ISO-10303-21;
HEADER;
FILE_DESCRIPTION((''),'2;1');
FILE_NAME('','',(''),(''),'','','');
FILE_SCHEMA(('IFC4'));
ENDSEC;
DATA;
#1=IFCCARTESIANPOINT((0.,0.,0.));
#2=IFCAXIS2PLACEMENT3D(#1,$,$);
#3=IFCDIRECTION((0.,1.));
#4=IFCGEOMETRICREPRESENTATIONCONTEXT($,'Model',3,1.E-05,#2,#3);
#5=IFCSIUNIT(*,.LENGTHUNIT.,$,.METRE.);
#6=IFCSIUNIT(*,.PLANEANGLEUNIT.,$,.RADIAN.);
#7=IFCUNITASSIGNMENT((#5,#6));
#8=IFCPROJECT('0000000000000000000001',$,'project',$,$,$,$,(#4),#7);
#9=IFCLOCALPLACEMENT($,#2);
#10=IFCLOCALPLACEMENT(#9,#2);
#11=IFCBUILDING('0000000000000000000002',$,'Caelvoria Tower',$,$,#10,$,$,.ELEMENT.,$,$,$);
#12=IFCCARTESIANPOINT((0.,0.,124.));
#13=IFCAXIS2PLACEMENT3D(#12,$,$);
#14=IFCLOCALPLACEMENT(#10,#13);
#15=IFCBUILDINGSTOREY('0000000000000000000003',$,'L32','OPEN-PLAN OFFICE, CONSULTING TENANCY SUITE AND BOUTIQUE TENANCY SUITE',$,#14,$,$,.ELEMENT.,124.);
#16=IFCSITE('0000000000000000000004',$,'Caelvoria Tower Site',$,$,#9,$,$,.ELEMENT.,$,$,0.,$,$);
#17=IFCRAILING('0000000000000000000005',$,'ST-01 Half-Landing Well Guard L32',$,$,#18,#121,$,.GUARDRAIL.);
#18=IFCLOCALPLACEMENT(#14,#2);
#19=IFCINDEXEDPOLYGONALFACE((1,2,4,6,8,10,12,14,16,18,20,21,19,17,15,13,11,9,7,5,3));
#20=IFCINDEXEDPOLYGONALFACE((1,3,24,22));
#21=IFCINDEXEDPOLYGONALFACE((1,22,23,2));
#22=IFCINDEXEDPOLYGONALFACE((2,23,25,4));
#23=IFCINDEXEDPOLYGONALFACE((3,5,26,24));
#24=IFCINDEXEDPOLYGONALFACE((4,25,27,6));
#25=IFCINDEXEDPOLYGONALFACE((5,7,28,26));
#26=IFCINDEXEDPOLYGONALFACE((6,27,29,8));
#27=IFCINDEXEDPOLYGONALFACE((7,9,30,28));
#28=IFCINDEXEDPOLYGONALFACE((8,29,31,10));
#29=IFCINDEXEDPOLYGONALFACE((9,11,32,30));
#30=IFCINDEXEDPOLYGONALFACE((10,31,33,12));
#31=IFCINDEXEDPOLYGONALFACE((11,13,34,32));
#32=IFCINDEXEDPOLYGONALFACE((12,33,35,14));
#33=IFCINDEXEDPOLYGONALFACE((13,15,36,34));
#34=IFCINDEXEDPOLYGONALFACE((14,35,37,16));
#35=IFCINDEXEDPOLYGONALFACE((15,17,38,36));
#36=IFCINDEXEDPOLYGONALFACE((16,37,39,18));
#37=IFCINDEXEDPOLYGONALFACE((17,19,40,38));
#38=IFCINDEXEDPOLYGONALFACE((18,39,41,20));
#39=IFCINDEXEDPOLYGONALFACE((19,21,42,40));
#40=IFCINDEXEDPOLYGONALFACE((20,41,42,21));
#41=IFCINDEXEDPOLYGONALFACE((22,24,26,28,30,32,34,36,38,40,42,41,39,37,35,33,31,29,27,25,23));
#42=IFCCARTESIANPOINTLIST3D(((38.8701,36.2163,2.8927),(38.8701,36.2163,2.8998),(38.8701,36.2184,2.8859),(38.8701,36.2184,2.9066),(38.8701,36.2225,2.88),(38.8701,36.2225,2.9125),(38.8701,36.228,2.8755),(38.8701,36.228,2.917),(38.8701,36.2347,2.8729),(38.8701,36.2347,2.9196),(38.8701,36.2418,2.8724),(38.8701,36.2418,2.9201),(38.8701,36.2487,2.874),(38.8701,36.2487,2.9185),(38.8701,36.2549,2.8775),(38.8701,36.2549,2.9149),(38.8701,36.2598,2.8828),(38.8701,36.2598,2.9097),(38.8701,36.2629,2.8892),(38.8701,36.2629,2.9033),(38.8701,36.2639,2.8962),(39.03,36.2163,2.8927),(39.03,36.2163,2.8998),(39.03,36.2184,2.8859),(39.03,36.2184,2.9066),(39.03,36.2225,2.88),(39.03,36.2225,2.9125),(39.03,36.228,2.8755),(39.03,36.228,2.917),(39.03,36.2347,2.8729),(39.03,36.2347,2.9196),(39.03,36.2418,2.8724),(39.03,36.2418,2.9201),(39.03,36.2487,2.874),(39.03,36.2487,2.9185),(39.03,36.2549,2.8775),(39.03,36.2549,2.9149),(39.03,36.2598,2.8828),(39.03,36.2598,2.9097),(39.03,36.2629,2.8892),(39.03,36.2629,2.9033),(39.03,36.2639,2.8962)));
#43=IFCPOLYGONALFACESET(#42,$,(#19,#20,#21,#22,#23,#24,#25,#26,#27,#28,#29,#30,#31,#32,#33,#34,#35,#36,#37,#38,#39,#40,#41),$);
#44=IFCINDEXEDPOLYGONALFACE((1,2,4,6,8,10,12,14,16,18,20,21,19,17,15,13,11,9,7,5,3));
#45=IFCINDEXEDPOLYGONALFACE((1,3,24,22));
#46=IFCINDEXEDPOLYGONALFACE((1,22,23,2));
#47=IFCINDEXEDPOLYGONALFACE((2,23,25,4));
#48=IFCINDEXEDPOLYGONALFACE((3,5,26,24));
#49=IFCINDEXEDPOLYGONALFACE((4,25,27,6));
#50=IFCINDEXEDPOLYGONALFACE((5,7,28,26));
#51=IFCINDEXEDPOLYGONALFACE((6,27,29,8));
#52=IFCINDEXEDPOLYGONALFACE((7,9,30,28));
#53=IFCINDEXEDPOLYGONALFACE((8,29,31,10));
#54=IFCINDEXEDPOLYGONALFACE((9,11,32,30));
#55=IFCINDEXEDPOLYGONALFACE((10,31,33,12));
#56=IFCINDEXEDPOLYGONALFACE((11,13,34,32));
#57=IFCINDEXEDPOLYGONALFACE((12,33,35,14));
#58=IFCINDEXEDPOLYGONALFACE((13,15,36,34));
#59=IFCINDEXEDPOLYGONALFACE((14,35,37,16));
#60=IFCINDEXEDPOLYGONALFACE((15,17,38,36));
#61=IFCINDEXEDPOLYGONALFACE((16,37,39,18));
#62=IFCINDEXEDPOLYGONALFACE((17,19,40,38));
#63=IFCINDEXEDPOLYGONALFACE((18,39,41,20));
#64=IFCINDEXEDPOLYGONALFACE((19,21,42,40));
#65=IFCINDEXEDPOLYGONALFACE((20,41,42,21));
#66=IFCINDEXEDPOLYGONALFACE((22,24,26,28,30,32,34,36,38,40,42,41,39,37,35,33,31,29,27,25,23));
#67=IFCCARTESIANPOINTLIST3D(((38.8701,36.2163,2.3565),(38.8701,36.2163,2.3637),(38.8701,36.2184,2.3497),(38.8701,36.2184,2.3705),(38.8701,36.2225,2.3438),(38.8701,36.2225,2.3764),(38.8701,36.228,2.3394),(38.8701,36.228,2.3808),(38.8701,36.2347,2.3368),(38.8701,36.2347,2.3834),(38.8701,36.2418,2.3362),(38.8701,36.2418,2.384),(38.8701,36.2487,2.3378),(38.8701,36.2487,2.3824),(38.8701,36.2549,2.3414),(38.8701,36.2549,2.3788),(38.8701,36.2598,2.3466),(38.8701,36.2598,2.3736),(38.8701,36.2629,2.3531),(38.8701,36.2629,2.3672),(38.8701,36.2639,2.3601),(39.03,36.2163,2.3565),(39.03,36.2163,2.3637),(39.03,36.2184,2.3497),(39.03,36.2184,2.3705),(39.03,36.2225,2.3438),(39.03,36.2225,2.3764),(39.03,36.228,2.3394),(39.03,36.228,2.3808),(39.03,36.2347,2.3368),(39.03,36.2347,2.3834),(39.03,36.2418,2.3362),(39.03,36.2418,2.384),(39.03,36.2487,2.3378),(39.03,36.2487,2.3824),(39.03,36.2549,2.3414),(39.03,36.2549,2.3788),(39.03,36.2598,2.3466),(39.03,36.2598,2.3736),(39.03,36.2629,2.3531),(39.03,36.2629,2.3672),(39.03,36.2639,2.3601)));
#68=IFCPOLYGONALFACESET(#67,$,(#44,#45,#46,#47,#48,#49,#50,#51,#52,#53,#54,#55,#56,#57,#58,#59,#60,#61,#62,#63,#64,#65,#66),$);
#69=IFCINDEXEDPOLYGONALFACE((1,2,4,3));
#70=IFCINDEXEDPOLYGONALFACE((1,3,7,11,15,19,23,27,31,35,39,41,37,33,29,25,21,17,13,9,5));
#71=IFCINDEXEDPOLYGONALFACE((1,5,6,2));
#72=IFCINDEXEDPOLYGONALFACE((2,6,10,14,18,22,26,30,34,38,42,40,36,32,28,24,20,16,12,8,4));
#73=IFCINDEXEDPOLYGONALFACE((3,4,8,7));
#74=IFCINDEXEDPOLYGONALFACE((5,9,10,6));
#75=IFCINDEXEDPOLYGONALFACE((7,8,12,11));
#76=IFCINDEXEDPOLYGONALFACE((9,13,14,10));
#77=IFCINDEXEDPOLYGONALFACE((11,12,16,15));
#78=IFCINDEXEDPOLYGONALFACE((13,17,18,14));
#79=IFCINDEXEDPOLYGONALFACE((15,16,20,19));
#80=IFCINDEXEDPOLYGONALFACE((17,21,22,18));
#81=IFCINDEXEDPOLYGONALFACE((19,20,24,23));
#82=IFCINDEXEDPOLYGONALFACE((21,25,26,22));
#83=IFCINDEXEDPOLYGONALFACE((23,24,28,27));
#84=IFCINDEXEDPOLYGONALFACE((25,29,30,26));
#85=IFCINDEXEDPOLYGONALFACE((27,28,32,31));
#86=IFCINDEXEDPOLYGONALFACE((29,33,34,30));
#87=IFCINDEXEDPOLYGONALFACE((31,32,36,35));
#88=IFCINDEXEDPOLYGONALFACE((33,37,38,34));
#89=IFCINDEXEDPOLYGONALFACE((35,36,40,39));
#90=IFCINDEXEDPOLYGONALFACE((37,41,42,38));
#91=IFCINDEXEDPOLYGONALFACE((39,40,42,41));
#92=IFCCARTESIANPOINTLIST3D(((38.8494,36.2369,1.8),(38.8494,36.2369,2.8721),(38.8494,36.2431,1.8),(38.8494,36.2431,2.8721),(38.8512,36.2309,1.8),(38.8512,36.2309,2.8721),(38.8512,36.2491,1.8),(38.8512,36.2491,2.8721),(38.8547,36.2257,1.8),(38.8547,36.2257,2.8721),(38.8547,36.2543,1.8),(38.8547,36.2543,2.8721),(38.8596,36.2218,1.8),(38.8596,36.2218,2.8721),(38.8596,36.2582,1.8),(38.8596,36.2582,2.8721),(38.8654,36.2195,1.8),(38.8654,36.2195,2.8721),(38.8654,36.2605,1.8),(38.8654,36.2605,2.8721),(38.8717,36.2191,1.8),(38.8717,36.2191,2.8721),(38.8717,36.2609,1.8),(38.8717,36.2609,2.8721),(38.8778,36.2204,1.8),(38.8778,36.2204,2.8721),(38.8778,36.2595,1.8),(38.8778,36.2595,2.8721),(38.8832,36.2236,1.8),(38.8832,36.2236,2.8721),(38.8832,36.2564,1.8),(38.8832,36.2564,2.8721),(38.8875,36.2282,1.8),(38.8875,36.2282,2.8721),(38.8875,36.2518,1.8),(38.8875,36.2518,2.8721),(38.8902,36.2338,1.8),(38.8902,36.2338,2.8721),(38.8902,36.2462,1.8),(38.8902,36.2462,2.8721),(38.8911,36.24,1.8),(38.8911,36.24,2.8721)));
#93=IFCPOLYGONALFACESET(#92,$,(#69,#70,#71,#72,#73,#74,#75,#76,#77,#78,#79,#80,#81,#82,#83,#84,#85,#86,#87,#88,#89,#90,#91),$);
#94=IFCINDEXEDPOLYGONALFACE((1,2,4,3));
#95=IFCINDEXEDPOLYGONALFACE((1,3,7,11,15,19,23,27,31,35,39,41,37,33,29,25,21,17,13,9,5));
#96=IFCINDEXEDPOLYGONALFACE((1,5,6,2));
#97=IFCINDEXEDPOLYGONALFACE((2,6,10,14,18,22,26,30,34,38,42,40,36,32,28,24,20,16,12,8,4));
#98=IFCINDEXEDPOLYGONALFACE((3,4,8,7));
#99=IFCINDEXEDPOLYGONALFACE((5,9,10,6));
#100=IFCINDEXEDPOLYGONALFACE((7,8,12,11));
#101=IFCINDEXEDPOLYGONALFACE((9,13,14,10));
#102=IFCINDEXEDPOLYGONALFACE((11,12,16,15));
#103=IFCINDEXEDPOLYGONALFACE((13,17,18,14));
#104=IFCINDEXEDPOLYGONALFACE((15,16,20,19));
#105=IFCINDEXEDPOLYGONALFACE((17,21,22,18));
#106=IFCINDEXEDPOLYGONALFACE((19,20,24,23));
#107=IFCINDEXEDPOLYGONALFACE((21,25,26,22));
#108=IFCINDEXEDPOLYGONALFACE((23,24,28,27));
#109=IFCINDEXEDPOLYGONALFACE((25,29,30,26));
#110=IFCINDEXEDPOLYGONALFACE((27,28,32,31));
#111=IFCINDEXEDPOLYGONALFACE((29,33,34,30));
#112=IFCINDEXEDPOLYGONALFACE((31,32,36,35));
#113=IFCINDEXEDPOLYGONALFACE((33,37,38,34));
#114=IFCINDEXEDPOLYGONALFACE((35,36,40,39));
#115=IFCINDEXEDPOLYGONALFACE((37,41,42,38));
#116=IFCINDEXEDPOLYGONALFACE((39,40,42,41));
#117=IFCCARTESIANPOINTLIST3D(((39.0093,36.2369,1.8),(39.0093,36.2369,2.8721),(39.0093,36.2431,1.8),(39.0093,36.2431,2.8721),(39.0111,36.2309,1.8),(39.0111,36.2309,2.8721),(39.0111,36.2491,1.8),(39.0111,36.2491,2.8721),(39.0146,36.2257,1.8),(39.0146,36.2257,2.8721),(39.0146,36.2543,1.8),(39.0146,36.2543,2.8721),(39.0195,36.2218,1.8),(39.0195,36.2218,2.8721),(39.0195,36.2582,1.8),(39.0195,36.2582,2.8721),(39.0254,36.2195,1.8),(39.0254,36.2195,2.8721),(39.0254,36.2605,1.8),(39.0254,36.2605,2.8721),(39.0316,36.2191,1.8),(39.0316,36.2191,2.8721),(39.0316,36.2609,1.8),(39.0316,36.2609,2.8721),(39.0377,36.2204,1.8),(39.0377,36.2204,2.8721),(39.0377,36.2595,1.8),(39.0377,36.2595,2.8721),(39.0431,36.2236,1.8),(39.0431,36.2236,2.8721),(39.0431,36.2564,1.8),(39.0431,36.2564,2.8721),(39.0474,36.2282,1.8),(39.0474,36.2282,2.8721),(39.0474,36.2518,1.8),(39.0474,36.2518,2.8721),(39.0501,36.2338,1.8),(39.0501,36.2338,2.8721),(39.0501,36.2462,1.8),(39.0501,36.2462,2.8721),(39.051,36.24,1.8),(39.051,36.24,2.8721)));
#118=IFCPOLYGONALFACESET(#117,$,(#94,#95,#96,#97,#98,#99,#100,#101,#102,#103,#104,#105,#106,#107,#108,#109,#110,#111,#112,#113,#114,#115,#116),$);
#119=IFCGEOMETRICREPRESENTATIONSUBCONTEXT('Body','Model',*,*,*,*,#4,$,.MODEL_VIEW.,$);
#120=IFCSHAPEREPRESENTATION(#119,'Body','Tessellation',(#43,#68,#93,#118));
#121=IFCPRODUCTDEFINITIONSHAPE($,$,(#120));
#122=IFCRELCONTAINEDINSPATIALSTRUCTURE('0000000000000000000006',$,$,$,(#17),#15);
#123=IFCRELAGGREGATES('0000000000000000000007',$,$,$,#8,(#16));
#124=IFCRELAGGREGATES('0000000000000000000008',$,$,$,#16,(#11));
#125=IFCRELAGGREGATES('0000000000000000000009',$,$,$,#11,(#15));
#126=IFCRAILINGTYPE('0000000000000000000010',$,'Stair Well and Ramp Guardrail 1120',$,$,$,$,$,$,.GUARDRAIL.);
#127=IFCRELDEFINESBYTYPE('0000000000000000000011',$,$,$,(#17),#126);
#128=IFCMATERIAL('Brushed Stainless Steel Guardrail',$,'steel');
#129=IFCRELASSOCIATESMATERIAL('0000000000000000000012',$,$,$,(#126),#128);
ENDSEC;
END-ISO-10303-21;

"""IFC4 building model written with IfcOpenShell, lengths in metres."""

from ifc_helpers import new_model, si_unit, direction, frame, origin, origin_2d, place, context, subcontext, project, spatial, circle, extrude, material, type_object, element, save


model = new_model("IFC4")

# Units and contexts
model_context = context("Model", 3, precision=1e-05, world=origin(), true_north=direction((0.0, 1.0)))
body_context = subcontext(model_context, "Body", "Model", "MODEL_VIEW")
ifc_project = project(units=[si_unit("LENGTHUNIT", "METRE"), si_unit("PLANEANGLEUNIT", "RADIAN")], contexts=[model_context])

# Site, building, storey
site_placement = place(None, origin())
site = spatial("IfcSite", under=ifc_project, at=site_placement, Name="Caelvoria Tower Site", CompositionType="ELEMENT", RefElevation=0.0)
building_placement = place(site_placement, origin())
building = spatial("IfcBuilding", under=site, at=building_placement, Name="Caelvoria Tower", CompositionType="ELEMENT")
storey_placement = place(building_placement, frame((0.0, 0.0, 124.0)))
storey = spatial("IfcBuildingStorey", under=building, at=storey_placement, Name="L32", Description="OPEN-PLAN OFFICE, CONSULTING TENANCY SUITE AND BOUTIQUE TENANCY SUITE", CompositionType="ELEMENT", Elevation=124.0)

# Railing
ifc_material_1 = material(Name="Brushed Stainless Steel Guardrail", Category="steel")
railing_type_1 = type_object("IfcRailingType", Name="Stair Well and Ramp Guardrail 1120", PredefinedType="GUARDRAIL", material=ifc_material_1)
railing_1_placement = place(storey_placement, frame((38.8701, 36.24, 1.8)))
element("IfcRailing", 1, at=railing_1_placement, inside=storey, type_object=railing_type_1, Name="ST-01 Half-Landing Well Guard L32", PredefinedType="GUARDRAIL", context=body_context, shape_type="SweptSolid", body=[
    extrude(circle(Radius=0.0239, at=origin_2d()), frame((0.0, 0.0, 1.0962), z_axis=(1.0, 0.0, 0.0), x_axis=(0.0, 1.0, 0.0)), (0.0, 0.0, 1.0), 0.1599),
    extrude(circle(Radius=0.0239, at=origin_2d()), frame((0.0, 0.0, 0.5601), z_axis=(1.0, 0.0, 0.0), x_axis=(0.0, 1.0, 0.0)), (0.0, 0.0, 1.0), 0.1599),
    extrude(circle(Radius=0.021, at=origin_2d()), origin(), (0.0, 0.0, 1.0), 1.072),
    extrude(circle(Radius=0.021, at=origin_2d()), frame((0.1599, 0.0, 0.0)), (0.0, 0.0, 1.0), 1.072),
])

save(model, "model.ifc")
